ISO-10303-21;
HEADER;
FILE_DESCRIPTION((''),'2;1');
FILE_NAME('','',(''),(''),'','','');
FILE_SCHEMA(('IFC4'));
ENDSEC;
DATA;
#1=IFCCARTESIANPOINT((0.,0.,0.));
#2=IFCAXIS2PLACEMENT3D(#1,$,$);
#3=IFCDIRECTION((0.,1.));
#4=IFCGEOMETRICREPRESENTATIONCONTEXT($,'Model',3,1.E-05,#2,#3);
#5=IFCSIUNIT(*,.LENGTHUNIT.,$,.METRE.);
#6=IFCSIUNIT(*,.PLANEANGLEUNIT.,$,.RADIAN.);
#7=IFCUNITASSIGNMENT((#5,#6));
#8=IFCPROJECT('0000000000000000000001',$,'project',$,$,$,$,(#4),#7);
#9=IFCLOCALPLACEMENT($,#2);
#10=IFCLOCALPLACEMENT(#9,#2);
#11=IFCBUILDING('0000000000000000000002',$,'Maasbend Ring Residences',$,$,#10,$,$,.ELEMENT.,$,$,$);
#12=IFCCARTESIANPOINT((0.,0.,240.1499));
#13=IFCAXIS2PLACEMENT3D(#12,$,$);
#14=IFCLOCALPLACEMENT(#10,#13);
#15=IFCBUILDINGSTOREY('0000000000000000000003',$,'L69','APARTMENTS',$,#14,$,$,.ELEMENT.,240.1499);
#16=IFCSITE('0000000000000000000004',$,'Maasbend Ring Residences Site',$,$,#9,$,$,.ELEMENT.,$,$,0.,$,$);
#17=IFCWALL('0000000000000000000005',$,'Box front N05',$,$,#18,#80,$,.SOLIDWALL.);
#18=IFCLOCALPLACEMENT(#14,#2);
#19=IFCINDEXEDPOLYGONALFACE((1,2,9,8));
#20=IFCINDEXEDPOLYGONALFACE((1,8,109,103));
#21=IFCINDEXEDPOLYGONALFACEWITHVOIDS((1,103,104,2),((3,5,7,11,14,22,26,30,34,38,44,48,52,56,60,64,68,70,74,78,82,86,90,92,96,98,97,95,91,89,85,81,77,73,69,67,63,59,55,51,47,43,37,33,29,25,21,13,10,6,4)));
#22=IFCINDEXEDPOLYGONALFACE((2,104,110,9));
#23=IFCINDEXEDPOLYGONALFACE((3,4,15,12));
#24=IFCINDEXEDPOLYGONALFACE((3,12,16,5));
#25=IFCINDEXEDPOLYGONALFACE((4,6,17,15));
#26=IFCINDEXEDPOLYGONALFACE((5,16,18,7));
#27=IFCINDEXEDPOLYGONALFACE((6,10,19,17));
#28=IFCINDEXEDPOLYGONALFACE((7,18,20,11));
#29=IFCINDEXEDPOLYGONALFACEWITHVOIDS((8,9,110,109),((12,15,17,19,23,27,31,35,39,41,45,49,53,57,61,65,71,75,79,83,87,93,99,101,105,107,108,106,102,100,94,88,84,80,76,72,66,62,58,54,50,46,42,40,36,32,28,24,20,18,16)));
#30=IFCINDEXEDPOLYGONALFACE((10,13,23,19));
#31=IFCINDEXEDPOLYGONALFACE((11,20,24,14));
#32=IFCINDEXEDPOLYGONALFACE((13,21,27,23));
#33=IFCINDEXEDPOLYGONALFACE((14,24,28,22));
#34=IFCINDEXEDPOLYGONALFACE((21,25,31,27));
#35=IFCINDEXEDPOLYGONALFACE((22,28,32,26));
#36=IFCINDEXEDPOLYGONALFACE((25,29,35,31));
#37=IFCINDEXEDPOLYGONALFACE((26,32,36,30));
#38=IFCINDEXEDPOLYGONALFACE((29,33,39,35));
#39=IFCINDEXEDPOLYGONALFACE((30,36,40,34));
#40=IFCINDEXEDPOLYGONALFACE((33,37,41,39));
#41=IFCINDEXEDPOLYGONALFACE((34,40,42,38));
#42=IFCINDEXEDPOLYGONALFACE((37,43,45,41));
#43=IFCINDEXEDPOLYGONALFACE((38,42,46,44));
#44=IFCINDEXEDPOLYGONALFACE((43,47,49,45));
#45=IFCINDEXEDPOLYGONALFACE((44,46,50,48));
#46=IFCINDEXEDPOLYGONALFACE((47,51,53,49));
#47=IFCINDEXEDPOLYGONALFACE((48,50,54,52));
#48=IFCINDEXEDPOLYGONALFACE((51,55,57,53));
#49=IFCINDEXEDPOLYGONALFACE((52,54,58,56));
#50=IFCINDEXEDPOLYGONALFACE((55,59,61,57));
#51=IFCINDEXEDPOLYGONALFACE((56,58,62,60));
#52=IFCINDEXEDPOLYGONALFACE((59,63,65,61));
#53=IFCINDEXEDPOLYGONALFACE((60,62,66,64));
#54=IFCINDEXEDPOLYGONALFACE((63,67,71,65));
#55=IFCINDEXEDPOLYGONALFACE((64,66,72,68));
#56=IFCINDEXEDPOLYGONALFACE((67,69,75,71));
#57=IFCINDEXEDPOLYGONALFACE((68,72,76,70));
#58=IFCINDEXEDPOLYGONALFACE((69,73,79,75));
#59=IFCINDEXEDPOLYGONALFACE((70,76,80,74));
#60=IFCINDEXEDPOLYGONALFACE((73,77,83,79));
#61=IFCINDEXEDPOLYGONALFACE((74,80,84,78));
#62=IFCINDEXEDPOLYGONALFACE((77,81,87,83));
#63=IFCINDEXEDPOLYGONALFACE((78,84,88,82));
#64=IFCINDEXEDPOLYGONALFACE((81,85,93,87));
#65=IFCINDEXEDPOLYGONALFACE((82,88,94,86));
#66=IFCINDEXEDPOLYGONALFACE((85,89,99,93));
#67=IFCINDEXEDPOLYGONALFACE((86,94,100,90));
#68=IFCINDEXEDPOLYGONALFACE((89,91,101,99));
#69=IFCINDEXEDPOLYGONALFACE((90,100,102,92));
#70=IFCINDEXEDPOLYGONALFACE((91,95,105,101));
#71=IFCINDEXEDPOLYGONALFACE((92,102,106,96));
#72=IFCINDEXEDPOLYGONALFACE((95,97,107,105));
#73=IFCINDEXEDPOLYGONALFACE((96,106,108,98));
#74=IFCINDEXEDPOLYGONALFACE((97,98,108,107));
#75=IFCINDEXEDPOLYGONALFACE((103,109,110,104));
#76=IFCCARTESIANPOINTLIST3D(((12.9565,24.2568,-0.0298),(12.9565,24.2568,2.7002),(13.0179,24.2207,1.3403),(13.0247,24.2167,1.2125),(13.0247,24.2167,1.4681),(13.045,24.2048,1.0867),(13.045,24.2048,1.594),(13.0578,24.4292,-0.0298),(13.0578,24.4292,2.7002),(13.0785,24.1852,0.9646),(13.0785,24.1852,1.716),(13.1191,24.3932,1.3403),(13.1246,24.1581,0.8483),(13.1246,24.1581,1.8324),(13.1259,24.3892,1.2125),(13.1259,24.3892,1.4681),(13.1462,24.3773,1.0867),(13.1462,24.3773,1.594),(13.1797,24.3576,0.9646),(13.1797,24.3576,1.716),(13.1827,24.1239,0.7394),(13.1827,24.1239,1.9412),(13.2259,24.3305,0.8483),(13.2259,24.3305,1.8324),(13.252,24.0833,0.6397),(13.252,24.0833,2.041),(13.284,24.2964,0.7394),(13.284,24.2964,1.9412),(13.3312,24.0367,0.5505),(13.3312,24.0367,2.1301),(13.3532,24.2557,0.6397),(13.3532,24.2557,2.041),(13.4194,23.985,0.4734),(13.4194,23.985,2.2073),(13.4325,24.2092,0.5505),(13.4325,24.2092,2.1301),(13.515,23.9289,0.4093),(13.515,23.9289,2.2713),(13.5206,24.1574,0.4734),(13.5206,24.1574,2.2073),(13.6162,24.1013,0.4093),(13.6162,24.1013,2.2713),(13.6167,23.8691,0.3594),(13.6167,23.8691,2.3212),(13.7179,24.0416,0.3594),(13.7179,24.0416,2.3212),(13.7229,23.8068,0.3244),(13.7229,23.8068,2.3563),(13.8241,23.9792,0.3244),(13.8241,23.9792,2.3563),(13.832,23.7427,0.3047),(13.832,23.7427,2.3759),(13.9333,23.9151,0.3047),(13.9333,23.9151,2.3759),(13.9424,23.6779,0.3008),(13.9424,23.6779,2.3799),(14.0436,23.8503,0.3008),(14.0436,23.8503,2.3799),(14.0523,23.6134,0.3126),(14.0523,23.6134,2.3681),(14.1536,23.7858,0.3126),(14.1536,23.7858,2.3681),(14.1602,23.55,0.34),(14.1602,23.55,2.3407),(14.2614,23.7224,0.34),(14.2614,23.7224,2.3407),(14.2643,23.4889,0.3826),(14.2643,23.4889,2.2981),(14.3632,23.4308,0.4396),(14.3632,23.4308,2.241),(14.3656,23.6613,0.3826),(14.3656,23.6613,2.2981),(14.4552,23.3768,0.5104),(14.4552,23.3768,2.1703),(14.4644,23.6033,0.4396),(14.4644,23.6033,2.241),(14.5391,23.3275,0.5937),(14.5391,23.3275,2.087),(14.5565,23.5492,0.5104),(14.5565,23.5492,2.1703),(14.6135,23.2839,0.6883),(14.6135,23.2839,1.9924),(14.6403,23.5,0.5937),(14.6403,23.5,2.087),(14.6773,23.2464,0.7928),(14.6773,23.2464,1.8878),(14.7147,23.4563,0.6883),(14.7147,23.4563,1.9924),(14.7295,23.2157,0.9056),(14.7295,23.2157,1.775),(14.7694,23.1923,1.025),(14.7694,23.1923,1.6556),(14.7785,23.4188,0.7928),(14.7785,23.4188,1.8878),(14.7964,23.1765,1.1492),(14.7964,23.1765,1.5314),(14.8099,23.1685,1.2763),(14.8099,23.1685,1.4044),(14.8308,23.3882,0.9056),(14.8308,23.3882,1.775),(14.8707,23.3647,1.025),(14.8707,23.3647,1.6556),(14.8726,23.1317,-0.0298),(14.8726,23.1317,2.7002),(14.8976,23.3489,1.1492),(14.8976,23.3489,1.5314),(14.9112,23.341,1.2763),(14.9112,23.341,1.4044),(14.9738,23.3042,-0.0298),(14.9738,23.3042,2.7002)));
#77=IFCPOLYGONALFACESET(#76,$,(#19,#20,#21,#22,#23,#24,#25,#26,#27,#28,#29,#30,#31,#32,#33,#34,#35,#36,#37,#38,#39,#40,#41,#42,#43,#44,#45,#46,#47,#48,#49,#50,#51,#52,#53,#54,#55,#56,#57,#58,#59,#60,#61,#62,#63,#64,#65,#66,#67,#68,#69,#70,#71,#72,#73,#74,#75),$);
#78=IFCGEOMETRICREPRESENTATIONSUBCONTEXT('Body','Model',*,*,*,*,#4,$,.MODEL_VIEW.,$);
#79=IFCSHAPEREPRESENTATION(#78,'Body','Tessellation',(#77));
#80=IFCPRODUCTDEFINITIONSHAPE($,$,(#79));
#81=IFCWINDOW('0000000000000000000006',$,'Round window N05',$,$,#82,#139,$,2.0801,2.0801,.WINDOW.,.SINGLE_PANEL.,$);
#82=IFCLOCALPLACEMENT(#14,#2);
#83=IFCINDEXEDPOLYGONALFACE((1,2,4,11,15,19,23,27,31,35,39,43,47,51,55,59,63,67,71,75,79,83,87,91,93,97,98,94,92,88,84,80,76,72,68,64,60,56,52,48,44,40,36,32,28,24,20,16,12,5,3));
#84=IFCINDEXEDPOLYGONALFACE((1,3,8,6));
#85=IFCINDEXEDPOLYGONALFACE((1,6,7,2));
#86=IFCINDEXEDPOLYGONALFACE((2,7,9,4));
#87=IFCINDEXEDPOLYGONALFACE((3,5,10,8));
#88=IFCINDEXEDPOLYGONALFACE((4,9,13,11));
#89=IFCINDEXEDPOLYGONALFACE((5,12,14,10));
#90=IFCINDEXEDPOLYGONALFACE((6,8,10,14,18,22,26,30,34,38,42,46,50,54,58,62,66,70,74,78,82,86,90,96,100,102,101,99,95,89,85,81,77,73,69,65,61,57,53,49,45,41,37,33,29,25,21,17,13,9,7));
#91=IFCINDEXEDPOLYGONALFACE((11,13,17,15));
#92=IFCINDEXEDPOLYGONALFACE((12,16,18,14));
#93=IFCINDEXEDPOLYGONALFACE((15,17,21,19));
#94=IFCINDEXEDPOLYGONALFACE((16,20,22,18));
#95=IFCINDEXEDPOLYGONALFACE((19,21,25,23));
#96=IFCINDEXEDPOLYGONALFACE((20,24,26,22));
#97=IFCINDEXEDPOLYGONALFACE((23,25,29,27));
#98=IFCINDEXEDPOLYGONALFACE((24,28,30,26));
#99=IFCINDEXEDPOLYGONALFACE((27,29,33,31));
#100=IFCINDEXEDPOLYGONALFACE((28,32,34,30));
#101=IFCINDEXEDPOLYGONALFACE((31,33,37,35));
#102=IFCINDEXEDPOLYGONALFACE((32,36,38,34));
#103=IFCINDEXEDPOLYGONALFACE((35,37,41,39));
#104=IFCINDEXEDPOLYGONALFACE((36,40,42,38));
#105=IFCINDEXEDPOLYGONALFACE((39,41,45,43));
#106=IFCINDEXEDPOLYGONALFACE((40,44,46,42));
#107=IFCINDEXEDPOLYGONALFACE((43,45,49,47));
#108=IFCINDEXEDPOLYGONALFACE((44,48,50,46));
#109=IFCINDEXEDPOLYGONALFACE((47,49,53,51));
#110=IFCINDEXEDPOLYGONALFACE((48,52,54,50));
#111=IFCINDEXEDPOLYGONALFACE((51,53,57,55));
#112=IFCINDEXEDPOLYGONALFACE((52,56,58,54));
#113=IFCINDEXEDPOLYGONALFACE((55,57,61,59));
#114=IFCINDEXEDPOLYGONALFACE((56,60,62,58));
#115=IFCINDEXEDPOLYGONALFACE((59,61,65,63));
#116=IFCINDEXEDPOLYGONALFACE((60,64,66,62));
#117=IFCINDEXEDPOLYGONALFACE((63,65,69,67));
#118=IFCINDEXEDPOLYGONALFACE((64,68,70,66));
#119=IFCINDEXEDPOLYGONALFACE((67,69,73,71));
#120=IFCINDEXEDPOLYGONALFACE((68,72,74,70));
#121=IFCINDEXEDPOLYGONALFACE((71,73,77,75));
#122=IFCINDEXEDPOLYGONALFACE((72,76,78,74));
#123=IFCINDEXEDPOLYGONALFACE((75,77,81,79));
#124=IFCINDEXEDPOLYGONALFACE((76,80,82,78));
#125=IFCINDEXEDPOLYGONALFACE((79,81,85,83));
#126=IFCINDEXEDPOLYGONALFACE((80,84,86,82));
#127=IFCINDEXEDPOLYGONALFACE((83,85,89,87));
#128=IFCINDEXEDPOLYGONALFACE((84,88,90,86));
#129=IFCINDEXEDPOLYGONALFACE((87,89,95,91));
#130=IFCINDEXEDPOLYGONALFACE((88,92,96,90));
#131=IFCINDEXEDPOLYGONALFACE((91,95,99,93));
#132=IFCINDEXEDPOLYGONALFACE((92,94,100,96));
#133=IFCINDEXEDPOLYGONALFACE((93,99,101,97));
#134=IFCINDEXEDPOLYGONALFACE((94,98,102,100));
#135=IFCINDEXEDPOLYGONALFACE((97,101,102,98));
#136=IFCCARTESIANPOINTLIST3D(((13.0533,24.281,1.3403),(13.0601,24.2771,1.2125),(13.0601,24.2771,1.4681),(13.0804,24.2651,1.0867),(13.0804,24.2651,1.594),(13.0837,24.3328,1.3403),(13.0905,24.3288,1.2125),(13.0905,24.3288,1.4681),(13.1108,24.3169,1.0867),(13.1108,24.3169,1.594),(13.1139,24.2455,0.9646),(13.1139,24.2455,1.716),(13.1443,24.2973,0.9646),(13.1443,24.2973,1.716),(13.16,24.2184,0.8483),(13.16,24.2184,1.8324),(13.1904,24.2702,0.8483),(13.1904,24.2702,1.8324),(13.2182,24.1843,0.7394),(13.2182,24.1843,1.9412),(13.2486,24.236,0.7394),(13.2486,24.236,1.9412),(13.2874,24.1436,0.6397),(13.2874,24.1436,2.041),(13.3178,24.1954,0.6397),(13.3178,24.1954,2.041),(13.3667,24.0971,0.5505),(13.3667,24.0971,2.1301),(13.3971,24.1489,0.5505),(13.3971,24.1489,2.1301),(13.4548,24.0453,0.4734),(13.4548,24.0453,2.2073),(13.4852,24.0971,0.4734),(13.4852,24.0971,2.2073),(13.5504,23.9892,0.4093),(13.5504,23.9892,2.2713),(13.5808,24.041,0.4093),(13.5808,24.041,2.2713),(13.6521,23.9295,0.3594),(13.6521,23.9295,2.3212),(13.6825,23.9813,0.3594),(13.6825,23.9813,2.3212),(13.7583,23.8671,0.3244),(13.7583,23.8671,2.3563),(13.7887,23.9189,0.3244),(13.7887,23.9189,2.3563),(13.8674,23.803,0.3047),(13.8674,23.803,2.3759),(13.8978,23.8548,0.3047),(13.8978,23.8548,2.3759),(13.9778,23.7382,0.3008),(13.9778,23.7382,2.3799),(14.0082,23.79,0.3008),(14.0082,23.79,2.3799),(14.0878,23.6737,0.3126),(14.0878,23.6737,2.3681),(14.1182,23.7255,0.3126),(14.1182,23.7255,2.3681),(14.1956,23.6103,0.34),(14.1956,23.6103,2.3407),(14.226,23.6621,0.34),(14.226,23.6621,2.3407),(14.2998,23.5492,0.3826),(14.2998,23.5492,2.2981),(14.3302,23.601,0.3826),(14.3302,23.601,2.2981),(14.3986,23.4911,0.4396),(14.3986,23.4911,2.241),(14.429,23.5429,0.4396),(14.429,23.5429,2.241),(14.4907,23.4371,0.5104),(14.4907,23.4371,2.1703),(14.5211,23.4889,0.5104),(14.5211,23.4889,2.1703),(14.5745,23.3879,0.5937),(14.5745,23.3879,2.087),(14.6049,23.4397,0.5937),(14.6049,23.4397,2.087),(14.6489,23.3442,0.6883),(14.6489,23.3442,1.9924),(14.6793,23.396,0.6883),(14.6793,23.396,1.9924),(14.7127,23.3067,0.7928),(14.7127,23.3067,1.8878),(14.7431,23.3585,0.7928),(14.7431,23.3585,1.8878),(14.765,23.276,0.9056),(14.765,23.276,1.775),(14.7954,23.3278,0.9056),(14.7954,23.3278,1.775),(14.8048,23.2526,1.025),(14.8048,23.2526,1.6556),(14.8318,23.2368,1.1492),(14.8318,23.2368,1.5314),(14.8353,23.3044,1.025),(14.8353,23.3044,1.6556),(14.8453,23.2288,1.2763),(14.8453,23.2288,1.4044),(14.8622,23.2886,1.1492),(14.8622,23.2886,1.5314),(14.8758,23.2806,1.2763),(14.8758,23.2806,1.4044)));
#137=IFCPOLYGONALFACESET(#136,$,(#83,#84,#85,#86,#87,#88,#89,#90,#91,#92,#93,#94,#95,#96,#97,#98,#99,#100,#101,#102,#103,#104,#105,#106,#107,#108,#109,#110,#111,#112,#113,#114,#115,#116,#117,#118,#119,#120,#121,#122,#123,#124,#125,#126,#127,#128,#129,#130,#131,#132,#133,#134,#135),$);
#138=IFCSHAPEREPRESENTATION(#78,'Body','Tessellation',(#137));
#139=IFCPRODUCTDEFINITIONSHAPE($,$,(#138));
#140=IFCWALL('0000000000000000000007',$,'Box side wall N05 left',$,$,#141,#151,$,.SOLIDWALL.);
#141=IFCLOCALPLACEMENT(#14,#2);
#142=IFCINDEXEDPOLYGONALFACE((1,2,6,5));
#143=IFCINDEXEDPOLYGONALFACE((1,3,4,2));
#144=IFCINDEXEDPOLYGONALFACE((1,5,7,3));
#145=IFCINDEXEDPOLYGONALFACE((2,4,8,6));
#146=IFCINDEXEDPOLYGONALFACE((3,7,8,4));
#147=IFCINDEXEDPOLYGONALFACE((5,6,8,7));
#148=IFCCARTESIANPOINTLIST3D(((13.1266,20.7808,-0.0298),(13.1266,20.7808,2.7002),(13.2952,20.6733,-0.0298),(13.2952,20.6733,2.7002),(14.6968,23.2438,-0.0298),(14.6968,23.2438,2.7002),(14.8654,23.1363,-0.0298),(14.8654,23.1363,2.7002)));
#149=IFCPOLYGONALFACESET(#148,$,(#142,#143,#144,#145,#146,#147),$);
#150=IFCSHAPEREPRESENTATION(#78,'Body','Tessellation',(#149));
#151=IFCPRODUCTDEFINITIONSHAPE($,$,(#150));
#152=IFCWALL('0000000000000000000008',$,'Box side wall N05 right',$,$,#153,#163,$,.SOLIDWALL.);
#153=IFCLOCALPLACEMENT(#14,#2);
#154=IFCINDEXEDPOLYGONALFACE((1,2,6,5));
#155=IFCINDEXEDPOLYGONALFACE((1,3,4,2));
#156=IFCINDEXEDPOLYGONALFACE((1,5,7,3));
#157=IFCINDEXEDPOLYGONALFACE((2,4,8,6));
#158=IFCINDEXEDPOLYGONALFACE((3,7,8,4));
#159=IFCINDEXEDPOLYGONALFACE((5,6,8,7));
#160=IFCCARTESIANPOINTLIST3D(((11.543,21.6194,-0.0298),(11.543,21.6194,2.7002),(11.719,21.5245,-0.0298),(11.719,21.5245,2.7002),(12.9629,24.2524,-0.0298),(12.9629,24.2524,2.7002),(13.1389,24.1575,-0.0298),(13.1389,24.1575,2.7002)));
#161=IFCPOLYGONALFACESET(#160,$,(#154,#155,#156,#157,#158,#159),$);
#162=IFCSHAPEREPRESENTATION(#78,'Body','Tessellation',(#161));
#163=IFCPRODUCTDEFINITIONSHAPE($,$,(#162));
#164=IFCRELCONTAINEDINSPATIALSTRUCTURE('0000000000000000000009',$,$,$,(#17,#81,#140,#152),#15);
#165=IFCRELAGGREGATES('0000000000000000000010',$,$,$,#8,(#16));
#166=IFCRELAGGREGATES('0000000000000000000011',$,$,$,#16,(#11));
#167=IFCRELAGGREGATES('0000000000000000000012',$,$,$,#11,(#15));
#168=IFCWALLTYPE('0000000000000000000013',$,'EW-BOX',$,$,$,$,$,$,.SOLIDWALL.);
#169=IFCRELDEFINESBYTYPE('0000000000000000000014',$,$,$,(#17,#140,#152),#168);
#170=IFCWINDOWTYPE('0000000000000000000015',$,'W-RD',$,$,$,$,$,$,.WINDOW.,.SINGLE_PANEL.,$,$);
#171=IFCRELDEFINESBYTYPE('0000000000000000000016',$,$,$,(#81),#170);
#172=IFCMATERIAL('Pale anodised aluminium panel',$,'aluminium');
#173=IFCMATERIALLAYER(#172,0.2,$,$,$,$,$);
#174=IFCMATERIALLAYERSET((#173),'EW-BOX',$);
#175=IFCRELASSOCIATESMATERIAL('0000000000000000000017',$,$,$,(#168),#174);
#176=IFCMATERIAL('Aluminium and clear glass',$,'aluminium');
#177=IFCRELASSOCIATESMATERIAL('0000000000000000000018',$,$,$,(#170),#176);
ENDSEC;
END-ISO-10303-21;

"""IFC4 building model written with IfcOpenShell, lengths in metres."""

from ifc_helpers import new_model, si_unit, direction, frame, frame_2d, origin, place, context, subcontext, project, spatial, rectangle, circle, extrude, material, layer, layer_set, type_object, element, fill, save


model = new_model("IFC4")

# Units and contexts
model_context = context("Model", 3, precision=1e-05, world=origin(), true_north=direction((0.0, 1.0)))
body_context = subcontext(model_context, "Body", "Model", "MODEL_VIEW")
ifc_project = project(units=[si_unit("LENGTHUNIT", "METRE"), si_unit("PLANEANGLEUNIT", "RADIAN")], contexts=[model_context])

# Site, building, storey
site_placement = place(None, origin())
site = spatial("IfcSite", under=ifc_project, at=site_placement, Name="Maasbend Ring Residences Site", CompositionType="ELEMENT", RefElevation=0.0)
building_placement = place(site_placement, origin())
building = spatial("IfcBuilding", under=site, at=building_placement, Name="Maasbend Ring Residences", CompositionType="ELEMENT")
storey_placement = place(building_placement, frame((0.0, 0.0, 240.1499)))
storey = spatial("IfcBuildingStorey", under=building, at=storey_placement, Name="L69", Description="APARTMENTS", CompositionType="ELEMENT", Elevation=240.1499)

# Shared definitions
ifc_material_1 = material(Name="Pale anodised aluminium panel", Category="aluminium")
ifc_layer_1 = layer(ifc_material_1, 0.2)
ifc_layer_set_1 = layer_set([ifc_layer_1], Name="EW-BOX")
wall_type_1 = type_object("IfcWallType", Name="EW-BOX", PredefinedType="SOLIDWALL", material=ifc_layer_set_1)
ifc_material_2 = material(Name="Aluminium and clear glass", Category="aluminium")
window_type_1 = type_object("IfcWindowType", Name="W-RD", PartitioningType="SINGLE_PANEL", PredefinedType="WINDOW", material=ifc_material_2)

# Wall, opening, window
wall_1_placement = place(storey_placement, frame((14.9231, 23.218, -0.0298), z_axis=(0.0, 0.0, 1.0), x_axis=(-0.862341, 0.506328, 0.0)))
wall_1 = element("IfcWall", 1, at=wall_1_placement, inside=storey, type_object=wall_type_1, Name="Box front N05", PredefinedType="SOLIDWALL", context=body_context, shape_type="SweptSolid", body=[
    extrude(rectangle(XDim=2.2219, YDim=0.2, at=frame_2d((1.1108, 0.0))), origin(), (0.0, 0.0, 1.0), 2.73),
])
opening_1_placement = place(wall_1_placement, frame((0.0706, 0.0, 0.3301)))
opening_1 = element("IfcOpeningElement", 2, at=opening_1_placement, cuts=wall_1, PredefinedType="OPENING", context=body_context, shape_type="SweptSolid", body=[
    extrude(circle(Radius=1.04, at=frame_2d((1.04, 1.04))), frame((0.0, 0.1099, 0.0), z_axis=(0.0, -1.0, 0.0), x_axis=(1.0, 0.0, 0.0)), (0.0, 0.0, 1.0), 0.22),
])
window_1_placement = place(opening_1_placement, origin())
window_1 = element("IfcWindow", 3, at=window_1_placement, inside=storey, type_object=window_type_1, Name="Round window N05", OverallHeight=2.0801, OverallWidth=2.0801, PartitioningType="SINGLE_PANEL", PredefinedType="WINDOW", context=body_context, shape_type="SweptSolid", body=[
    extrude(circle(Radius=1.04, at=frame_2d((1.04, 1.04))), frame((0.0, 0.03, 0.0), z_axis=(0.0, -1.0, 0.0), x_axis=(1.0, 0.0, 0.0)), (0.0, 0.0, 1.0), 0.0601),
])
fill(opening_1, window_1)

# Walls
wall_2_placement = place(storey_placement, frame((13.2109, 20.7271, -0.0298), z_axis=(0.0, 0.0, 1.0), x_axis=(0.537551, 0.843231, 0.0)))
element("IfcWall", 4, at=wall_2_placement, inside=storey, type_object=wall_type_1, Name="Box side wall N05 left", PredefinedType="SOLIDWALL", context=body_context, shape_type="SweptSolid", body=[
    extrude(rectangle(XDim=2.9209, YDim=0.2, at=frame_2d((1.4604, 0.0))), origin(), (0.0, 0.0, 1.0), 2.73),
])
wall_3_placement = place(storey_placement, frame((11.6311, 21.572, -0.0298), z_axis=(0.0, 0.0, 1.0), x_axis=(0.47465, 0.880175, 0.0)))
element("IfcWall", 5, at=wall_3_placement, inside=storey, type_object=wall_type_1, Name="Box side wall N05 right", PredefinedType="SOLIDWALL", context=body_context, shape_type="SweptSolid", body=[
    extrude(rectangle(XDim=2.9915, YDim=0.2, at=frame_2d((1.4956, 0.0))), origin(), (0.0, 0.0, 1.0), 2.73),
])

save(model, "model.ifc")
